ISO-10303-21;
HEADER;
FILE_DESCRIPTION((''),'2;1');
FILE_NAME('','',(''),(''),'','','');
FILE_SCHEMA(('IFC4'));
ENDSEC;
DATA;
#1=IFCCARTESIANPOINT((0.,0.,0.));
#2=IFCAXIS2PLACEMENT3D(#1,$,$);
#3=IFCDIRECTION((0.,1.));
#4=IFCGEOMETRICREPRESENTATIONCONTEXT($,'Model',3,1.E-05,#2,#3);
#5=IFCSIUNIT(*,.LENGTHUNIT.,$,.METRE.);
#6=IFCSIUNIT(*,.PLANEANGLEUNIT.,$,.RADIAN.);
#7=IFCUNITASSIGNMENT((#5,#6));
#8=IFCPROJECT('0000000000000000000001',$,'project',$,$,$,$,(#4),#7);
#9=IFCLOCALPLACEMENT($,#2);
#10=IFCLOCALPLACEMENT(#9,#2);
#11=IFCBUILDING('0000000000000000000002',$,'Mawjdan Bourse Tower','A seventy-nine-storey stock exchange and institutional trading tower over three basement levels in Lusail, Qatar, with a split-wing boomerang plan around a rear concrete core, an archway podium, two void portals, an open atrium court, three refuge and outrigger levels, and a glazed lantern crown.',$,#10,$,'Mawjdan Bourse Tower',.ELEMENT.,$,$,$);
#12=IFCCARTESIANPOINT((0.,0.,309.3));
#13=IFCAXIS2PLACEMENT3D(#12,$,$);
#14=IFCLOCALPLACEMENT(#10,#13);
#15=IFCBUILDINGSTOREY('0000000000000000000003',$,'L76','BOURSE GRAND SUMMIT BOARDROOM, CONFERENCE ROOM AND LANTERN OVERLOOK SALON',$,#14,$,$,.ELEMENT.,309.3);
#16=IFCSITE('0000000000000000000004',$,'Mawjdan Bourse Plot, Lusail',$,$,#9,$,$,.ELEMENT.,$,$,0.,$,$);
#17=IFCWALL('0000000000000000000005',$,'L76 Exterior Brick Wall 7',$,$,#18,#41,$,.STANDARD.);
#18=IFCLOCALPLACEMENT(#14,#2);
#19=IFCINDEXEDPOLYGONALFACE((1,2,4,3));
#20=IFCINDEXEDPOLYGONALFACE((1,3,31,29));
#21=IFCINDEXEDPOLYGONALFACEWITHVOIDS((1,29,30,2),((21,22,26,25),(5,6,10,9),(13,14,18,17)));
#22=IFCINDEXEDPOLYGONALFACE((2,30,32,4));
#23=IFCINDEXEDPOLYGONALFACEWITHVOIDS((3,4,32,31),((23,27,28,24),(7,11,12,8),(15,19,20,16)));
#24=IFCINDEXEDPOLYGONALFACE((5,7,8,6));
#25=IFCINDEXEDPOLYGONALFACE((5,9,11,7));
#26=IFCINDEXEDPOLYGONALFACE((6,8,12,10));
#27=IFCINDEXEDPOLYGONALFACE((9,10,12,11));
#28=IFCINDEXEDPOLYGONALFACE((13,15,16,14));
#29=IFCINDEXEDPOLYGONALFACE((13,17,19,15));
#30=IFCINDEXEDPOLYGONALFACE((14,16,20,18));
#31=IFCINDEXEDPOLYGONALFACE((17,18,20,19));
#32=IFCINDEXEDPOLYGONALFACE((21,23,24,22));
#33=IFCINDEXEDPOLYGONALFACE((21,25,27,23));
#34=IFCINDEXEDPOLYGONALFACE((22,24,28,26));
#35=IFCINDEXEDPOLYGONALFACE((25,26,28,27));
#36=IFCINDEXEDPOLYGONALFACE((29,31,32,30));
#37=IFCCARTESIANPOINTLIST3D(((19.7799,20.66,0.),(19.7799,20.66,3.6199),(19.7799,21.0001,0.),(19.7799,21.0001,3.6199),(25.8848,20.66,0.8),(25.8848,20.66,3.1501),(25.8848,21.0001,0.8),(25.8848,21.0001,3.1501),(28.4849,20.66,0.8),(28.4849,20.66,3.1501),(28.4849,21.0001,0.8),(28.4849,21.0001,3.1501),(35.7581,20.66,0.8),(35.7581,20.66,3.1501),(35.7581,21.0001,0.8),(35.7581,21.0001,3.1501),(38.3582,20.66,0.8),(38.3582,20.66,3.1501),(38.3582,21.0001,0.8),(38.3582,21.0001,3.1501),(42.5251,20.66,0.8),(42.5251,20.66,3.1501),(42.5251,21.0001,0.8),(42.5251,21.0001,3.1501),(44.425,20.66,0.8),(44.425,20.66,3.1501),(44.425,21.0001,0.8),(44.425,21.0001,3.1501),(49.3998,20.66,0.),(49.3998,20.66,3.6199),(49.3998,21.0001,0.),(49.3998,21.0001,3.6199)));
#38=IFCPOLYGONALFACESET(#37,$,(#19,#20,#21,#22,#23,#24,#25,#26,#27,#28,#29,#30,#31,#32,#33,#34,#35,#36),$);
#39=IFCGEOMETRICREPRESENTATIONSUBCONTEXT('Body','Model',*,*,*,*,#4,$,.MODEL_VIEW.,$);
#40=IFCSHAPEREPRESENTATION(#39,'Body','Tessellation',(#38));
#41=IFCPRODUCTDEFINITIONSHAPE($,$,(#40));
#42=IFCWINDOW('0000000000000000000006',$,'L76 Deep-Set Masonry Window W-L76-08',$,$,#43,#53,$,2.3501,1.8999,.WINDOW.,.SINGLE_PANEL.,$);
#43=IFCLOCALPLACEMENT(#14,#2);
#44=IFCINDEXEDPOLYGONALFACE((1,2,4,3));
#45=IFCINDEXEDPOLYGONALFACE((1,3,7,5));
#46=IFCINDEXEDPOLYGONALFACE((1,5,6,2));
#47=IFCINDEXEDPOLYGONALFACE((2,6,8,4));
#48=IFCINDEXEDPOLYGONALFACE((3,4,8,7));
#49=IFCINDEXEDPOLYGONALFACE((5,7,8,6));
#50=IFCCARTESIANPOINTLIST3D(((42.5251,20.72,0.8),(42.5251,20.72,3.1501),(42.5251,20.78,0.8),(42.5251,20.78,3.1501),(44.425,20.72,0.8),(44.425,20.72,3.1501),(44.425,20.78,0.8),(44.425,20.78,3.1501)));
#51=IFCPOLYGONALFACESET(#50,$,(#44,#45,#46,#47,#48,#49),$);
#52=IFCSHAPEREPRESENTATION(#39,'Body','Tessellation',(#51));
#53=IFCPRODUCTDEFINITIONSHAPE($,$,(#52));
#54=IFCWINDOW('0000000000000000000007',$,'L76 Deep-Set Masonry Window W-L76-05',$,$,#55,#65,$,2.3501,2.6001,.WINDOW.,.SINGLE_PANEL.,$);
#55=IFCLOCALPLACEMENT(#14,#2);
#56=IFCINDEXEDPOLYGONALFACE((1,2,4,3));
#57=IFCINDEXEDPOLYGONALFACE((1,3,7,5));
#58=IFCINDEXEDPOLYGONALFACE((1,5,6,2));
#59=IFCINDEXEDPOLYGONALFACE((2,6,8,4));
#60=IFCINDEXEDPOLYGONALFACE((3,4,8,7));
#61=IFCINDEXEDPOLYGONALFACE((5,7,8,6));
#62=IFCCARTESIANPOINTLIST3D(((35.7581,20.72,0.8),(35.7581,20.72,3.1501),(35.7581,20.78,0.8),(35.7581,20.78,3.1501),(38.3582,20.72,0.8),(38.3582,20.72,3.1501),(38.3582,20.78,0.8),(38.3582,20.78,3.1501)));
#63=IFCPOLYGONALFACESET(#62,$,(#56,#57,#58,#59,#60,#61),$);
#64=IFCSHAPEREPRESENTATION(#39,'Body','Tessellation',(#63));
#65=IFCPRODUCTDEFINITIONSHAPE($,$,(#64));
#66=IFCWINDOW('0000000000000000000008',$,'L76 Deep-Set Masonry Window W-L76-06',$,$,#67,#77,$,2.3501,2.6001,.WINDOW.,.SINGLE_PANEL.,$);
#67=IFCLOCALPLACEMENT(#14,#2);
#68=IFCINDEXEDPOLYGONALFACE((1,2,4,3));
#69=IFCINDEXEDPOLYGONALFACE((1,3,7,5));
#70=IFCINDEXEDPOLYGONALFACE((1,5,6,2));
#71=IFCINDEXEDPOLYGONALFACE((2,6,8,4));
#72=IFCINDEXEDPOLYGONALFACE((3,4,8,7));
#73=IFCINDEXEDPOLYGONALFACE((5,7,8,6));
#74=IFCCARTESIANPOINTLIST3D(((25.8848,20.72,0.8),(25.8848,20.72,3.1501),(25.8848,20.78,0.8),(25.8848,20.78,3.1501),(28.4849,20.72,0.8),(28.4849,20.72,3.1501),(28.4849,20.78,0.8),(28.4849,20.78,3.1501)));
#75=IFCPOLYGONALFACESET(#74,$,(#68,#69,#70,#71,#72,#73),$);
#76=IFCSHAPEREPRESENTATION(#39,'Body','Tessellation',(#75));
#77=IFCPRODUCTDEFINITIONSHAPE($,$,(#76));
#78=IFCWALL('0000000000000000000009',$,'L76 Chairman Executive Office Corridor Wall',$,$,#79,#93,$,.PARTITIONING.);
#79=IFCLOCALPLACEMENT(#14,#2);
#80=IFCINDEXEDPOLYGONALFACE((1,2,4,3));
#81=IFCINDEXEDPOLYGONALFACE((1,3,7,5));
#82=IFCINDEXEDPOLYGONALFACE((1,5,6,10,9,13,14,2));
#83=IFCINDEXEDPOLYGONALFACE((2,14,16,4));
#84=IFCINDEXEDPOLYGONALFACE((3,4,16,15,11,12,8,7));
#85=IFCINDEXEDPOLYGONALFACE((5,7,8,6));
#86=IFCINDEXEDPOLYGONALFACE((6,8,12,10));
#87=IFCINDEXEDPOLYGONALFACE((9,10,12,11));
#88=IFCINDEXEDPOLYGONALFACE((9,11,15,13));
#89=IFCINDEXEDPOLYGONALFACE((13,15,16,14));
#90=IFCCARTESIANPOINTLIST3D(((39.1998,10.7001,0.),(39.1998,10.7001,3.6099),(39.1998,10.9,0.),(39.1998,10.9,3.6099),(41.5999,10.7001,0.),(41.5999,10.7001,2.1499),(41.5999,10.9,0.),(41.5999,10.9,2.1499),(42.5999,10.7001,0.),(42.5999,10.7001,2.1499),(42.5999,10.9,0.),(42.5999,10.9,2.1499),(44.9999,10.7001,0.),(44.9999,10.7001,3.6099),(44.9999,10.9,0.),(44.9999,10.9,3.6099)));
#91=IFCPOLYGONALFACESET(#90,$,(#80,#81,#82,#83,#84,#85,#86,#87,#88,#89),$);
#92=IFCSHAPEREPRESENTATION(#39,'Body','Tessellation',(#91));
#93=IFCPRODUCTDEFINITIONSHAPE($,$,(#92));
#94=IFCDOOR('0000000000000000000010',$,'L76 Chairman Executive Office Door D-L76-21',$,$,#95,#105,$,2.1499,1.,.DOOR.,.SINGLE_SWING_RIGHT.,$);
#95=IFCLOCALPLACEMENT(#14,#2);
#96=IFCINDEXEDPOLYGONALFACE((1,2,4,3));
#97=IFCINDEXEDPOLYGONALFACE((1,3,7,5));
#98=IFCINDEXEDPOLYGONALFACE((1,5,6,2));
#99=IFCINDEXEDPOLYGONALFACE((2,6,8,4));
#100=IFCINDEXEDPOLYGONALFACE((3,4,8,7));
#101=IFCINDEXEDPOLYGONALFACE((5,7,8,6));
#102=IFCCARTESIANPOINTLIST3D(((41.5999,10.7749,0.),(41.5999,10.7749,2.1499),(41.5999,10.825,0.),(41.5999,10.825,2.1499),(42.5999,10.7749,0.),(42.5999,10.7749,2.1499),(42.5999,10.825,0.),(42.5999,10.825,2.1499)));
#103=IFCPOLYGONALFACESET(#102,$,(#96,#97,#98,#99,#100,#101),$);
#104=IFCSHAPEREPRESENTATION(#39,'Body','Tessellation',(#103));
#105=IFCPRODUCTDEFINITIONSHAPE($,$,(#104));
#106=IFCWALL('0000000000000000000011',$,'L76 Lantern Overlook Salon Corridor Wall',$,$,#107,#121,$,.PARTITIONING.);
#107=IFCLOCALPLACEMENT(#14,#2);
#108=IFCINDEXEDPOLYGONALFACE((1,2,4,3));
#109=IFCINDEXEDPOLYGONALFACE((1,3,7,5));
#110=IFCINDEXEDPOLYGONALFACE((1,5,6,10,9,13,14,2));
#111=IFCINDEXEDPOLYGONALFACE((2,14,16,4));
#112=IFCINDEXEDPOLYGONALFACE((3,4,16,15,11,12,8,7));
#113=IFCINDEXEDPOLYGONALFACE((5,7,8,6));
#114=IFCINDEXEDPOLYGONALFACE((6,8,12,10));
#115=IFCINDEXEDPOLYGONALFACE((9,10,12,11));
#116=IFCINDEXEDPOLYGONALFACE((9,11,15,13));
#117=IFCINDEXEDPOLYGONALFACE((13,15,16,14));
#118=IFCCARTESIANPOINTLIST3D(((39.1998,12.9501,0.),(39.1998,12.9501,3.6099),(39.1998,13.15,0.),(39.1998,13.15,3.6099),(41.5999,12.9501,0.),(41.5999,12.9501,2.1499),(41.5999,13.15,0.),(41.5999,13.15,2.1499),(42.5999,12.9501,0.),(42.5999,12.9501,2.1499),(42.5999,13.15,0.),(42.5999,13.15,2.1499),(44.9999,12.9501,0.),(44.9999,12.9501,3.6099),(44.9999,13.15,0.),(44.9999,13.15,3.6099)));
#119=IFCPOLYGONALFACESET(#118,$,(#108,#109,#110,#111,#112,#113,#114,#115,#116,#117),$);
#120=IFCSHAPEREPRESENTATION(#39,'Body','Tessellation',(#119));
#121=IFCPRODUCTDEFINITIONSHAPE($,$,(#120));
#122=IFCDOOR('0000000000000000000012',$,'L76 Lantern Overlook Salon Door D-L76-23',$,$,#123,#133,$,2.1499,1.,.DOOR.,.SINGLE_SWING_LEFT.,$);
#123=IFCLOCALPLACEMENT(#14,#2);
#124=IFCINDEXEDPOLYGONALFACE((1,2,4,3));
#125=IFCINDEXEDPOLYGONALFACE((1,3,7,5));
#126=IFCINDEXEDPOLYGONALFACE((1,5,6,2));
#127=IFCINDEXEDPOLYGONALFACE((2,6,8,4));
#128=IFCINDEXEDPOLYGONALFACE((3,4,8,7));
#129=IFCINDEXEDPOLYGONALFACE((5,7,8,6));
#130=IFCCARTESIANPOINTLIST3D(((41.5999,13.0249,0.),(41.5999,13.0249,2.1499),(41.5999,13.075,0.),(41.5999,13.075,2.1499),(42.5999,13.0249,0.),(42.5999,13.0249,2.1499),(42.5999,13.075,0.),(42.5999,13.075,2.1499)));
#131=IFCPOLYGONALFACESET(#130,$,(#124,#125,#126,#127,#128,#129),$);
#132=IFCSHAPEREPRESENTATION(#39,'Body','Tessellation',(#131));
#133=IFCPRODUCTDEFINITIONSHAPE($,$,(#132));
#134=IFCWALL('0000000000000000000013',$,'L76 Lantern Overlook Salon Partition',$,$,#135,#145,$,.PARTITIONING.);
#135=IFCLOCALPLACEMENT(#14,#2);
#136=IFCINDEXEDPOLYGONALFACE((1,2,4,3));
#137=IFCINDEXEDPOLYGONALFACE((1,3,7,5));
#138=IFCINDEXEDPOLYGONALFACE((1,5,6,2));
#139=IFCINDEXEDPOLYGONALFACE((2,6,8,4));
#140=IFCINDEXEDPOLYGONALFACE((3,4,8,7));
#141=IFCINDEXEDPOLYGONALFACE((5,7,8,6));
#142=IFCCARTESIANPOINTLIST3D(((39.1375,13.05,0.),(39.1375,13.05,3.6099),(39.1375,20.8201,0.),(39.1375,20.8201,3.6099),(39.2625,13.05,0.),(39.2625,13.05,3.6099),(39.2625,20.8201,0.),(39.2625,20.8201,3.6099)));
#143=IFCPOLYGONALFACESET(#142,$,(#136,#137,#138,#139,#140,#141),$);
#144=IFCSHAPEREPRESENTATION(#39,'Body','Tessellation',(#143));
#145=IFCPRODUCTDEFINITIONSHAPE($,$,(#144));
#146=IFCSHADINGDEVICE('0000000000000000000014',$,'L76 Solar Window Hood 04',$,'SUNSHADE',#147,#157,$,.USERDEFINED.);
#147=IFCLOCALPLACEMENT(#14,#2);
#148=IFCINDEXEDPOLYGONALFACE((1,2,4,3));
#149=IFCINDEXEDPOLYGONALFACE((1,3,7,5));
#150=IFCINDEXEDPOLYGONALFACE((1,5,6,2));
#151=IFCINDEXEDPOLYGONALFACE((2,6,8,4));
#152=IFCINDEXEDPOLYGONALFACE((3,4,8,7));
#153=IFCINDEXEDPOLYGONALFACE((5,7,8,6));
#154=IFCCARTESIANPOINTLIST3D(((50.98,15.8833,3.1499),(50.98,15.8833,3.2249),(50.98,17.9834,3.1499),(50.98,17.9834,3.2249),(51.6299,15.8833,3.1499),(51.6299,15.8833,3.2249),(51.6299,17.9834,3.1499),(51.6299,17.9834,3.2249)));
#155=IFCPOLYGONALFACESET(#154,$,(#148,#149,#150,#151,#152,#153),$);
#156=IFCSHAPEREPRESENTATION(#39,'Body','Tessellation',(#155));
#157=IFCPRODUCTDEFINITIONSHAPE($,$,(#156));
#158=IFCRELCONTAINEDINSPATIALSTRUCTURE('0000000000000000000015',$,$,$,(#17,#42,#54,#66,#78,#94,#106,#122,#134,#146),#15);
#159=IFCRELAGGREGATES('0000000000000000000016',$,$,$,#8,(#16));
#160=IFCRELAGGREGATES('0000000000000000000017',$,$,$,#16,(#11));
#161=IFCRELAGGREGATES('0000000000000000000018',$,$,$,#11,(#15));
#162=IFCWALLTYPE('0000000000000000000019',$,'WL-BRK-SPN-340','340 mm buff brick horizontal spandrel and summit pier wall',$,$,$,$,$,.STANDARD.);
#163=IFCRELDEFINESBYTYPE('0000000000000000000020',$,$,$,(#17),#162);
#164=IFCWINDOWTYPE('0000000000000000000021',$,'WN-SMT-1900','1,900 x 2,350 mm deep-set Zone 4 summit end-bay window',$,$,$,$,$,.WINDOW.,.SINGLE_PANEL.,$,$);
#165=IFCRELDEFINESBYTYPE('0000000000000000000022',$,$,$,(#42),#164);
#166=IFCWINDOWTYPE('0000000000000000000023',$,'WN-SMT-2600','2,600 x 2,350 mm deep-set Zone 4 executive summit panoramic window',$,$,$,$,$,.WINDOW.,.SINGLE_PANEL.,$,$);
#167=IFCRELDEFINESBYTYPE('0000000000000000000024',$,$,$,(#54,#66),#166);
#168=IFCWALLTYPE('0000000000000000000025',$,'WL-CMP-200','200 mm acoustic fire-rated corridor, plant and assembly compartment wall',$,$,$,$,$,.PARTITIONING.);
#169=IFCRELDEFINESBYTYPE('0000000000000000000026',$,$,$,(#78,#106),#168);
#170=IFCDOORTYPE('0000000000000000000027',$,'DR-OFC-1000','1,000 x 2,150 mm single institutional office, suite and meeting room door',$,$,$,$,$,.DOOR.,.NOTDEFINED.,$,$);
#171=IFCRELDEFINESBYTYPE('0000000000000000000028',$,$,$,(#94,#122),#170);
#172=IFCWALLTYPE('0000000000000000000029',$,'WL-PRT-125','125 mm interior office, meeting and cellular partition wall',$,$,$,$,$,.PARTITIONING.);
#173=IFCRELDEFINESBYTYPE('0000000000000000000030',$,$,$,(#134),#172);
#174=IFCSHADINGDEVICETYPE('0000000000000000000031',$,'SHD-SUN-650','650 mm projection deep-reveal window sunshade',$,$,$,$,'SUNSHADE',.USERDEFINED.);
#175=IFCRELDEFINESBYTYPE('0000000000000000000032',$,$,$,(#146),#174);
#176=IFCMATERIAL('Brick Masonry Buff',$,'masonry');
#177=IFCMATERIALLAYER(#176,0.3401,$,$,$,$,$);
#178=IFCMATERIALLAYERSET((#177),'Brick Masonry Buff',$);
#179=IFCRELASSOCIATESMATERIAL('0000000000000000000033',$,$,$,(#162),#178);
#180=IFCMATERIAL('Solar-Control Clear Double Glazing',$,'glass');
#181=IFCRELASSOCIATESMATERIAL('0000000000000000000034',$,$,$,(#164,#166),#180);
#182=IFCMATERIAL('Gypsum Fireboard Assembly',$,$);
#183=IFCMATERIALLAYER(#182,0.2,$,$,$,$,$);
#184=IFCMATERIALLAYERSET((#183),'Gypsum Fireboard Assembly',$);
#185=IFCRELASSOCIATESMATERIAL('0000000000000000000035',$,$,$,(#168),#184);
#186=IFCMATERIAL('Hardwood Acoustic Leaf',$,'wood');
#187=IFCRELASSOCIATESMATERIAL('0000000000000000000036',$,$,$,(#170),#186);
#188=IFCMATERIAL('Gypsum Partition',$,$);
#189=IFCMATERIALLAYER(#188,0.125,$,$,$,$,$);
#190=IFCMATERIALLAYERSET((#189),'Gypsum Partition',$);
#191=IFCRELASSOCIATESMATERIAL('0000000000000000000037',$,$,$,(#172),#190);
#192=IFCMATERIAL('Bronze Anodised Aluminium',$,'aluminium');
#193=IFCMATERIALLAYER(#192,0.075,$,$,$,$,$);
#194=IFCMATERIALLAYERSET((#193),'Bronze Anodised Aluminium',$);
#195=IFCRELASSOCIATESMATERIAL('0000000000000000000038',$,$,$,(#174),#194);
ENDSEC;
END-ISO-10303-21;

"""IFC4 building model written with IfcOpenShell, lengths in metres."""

from ifc_helpers import new_model, si_unit, direction, frame, frame_2d, origin, origin_2d, place, context, subcontext, project, spatial, rectangle, extrude, material, layer, layer_set, type_object, element, fill, save


model = new_model("IFC4")

# Units and contexts
model_context = context("Model", 3, precision=1e-05, world=origin(), true_north=direction((0.0, 1.0)))
body_context = subcontext(model_context, "Body", "Model", "MODEL_VIEW")
ifc_project = project(units=[si_unit("LENGTHUNIT", "METRE"), si_unit("PLANEANGLEUNIT", "RADIAN")], contexts=[model_context])

# Site, building, storey
site_placement = place(None, origin())
site = spatial("IfcSite", under=ifc_project, at=site_placement, Name="Mawjdan Bourse Plot, Lusail", CompositionType="ELEMENT", RefElevation=0.0)
building_placement = place(site_placement, origin())
building = spatial("IfcBuilding", under=site, at=building_placement, Name="Mawjdan Bourse Tower", Description="A seventy-nine-storey stock exchange and institutional trading tower over three basement levels in Lusail, Qatar, with a split-wing boomerang plan around a rear concrete core, an archway podium, two void portals, an open atrium court, three refuge and outrigger levels, and a glazed lantern crown.", LongName="Mawjdan Bourse Tower", CompositionType="ELEMENT")
storey_placement = place(building_placement, frame((0.0, 0.0, 309.3)))
storey = spatial("IfcBuildingStorey", under=building, at=storey_placement, Name="L76", Description="BOURSE GRAND SUMMIT BOARDROOM, CONFERENCE ROOM AND LANTERN OVERLOOK SALON", CompositionType="ELEMENT", Elevation=309.3)

# Shared definitions
ifc_material_1 = material(Name="Brick Masonry Buff", Category="masonry")
ifc_layer_1 = layer(ifc_material_1, 0.3401)
ifc_layer_set_1 = layer_set([ifc_layer_1], Name="Brick Masonry Buff")
wall_type_1 = type_object("IfcWallType", Name="WL-BRK-SPN-340", Description="340 mm buff brick horizontal spandrel and summit pier wall", PredefinedType="STANDARD", material=ifc_layer_set_1)

# Wall, openings, windows
wall_1_placement = place(storey_placement, frame((49.3999, 20.8301, 0.0), z_axis=(0.0, 0.0, 1.0), x_axis=(-1.0, 0.0, 0.0)))
wall_1 = element("IfcWall", 1, at=wall_1_placement, inside=storey, type_object=wall_type_1, Name="L76 Exterior Brick Wall 7", PredefinedType="STANDARD", context=body_context, shape_type="SweptSolid", body=[
    extrude(rectangle(XDim=29.6199, YDim=0.3401, at=frame_2d((14.8101, 0.0))), origin(), (0.0, 0.0, 1.0), 3.6199),
])
opening_1_placement = place(wall_1_placement, frame((11.0417, 0.0, 0.8)))
opening_1 = element("IfcOpeningElement", 2, at=opening_1_placement, cuts=wall_1, PredefinedType="OPENING", context=body_context, shape_type="SweptSolid", body=[
    extrude(rectangle(XDim=2.6001, YDim=2.3501, at=frame_2d((1.3, 1.175))), frame((0.0, 0.1802, 0.0), z_axis=(0.0, -1.0, 0.0), x_axis=(1.0, 0.0, 0.0)), (0.0, 0.0, 1.0), 0.3601),
])
opening_2_placement = place(wall_1_placement, frame((20.915, 0.0, 0.8)))
opening_2 = element("IfcOpeningElement", 3, at=opening_2_placement, cuts=wall_1, PredefinedType="OPENING", context=body_context, shape_type="SweptSolid", body=[
    extrude(rectangle(XDim=2.6001, YDim=2.3501, at=frame_2d((1.3, 1.175))), frame((0.0, 0.1802, 0.0), z_axis=(0.0, -1.0, 0.0), x_axis=(1.0, 0.0, 0.0)), (0.0, 0.0, 1.0), 0.3601),
])
opening_3_placement = place(wall_1_placement, frame((4.9749, 0.0, 0.8)))
opening_3 = element("IfcOpeningElement", 4, at=opening_3_placement, cuts=wall_1, PredefinedType="OPENING", context=body_context, shape_type="SweptSolid", body=[
    extrude(rectangle(XDim=1.8999, YDim=2.3501, at=frame_2d((0.95, 1.175))), frame((0.0, 0.1802, 0.0), z_axis=(0.0, -1.0, 0.0), x_axis=(1.0, 0.0, 0.0)), (0.0, 0.0, 1.0), 0.3601),
])
ifc_material_2 = material(Name="Solar-Control Clear Double Glazing", Category="glass")
window_type_1 = type_object("IfcWindowType", Name="WN-SMT-1900", Description="1,900 x 2,350 mm deep-set Zone 4 summit end-bay window", PartitioningType="SINGLE_PANEL", PredefinedType="WINDOW", material=ifc_material_2)
window_1_placement = place(opening_3_placement, origin())
window_1 = element("IfcWindow", 5, at=window_1_placement, inside=storey, type_object=window_type_1, Name="L76 Deep-Set Masonry Window W-L76-08", OverallHeight=2.3501, OverallWidth=1.8999, PartitioningType="SINGLE_PANEL", PredefinedType="WINDOW", context=body_context, shape_type="SweptSolid", body=[
    extrude(rectangle(XDim=1.8999, YDim=2.3501, at=frame_2d((0.95, 1.175))), frame((0.0, 0.1101, 0.0), z_axis=(0.0, -1.0, 0.0), x_axis=(1.0, 0.0, 0.0)), (0.0, 0.0, 1.0), 0.0601),
])
fill(opening_3, window_1)
window_type_2 = type_object("IfcWindowType", Name="WN-SMT-2600", Description="2,600 x 2,350 mm deep-set Zone 4 executive summit panoramic window", PartitioningType="SINGLE_PANEL", PredefinedType="WINDOW", material=ifc_material_2)
window_2_placement = place(opening_1_placement, origin())
window_2 = element("IfcWindow", 6, at=window_2_placement, inside=storey, type_object=window_type_2, Name="L76 Deep-Set Masonry Window W-L76-05", OverallHeight=2.3501, OverallWidth=2.6001, PartitioningType="SINGLE_PANEL", PredefinedType="WINDOW", context=body_context, shape_type="SweptSolid", body=[
    extrude(rectangle(XDim=2.6001, YDim=2.3501, at=frame_2d((1.3, 1.175))), frame((0.0, 0.1101, 0.0), z_axis=(0.0, -1.0, 0.0), x_axis=(1.0, 0.0, 0.0)), (0.0, 0.0, 1.0), 0.0601),
])
fill(opening_1, window_2)
window_3_placement = place(opening_2_placement, origin())
window_3 = element("IfcWindow", 7, at=window_3_placement, inside=storey, type_object=window_type_2, Name="L76 Deep-Set Masonry Window W-L76-06", OverallHeight=2.3501, OverallWidth=2.6001, PartitioningType="SINGLE_PANEL", PredefinedType="WINDOW", context=body_context, shape_type="SweptSolid", body=[
    extrude(rectangle(XDim=2.6001, YDim=2.3501, at=frame_2d((1.3, 1.175))), frame((0.0, 0.1101, 0.0), z_axis=(0.0, -1.0, 0.0), x_axis=(1.0, 0.0, 0.0)), (0.0, 0.0, 1.0), 0.0601),
])
fill(opening_2, window_3)

# Walls, openings, doors
ifc_material_3 = material(Name="Gypsum Fireboard Assembly")
ifc_layer_2 = layer(ifc_material_3, 0.2)
ifc_layer_set_2 = layer_set([ifc_layer_2], Name="Gypsum Fireboard Assembly")
wall_type_2 = type_object("IfcWallType", Name="WL-CMP-200", Description="200 mm acoustic fire-rated corridor, plant and assembly compartment wall", PredefinedType="PARTITIONING", material=ifc_layer_set_2)
wall_2_placement = place(storey_placement, frame((39.2, 10.8, 0.0), z_axis=(0.0, 0.0, 1.0), x_axis=(1.0, 0.0, 0.0)))
wall_2 = element("IfcWall", 8, at=wall_2_placement, inside=storey, type_object=wall_type_2, Name="L76 Chairman Executive Office Corridor Wall", PredefinedType="PARTITIONING", context=body_context, shape_type="SweptSolid", body=[
    extrude(rectangle(XDim=5.8, YDim=0.2, at=frame_2d((2.8999, 0.0))), origin(), (0.0, 0.0, 1.0), 3.6099),
])
opening_4_placement = place(wall_2_placement, frame((2.3999, 0.0, 0.0)))
opening_4 = element("IfcOpeningElement", 9, at=opening_4_placement, cuts=wall_2, PredefinedType="OPENING", context=body_context, shape_type="SweptSolid", body=[
    extrude(rectangle(XDim=1.0, YDim=2.1499, at=frame_2d((0.5, 1.075))), frame((0.0, 0.1099, 0.0), z_axis=(0.0, -1.0, 0.0), x_axis=(1.0, 0.0, 0.0)), (0.0, 0.0, 1.0), 0.22),
])
ifc_material_4 = material(Name="Hardwood Acoustic Leaf", Category="wood")
door_type = type_object("IfcDoorType", Name="DR-OFC-1000", Description="1,000 x 2,150 mm single institutional office, suite and meeting room door", OperationType="NOTDEFINED", PredefinedType="DOOR", material=ifc_material_4)
door_1_placement = place(opening_4_placement, origin())
door_1 = element("IfcDoor", 10, at=door_1_placement, inside=storey, type_object=door_type, Name="L76 Chairman Executive Office Door D-L76-21", OperationType="SINGLE_SWING_RIGHT", OverallHeight=2.1499, OverallWidth=1.0, PredefinedType="DOOR", context=body_context, shape_type="SweptSolid", body=[
    extrude(rectangle(XDim=1.0, YDim=2.1499, at=frame_2d((0.5, 1.075))), frame((0.0, 0.0249, 0.0), z_axis=(0.0, -1.0, 0.0), x_axis=(1.0, 0.0, 0.0)), (0.0, 0.0, 1.0), 0.05),
])
fill(opening_4, door_1)
wall_3_placement = place(storey_placement, frame((39.2, 13.05, 0.0), z_axis=(0.0, 0.0, 1.0), x_axis=(1.0, 0.0, 0.0)))
wall_3 = element("IfcWall", 11, at=wall_3_placement, inside=storey, type_object=wall_type_2, Name="L76 Lantern Overlook Salon Corridor Wall", PredefinedType="PARTITIONING", context=body_context, shape_type="SweptSolid", body=[
    extrude(rectangle(XDim=5.8, YDim=0.2, at=frame_2d((2.8999, 0.0))), origin(), (0.0, 0.0, 1.0), 3.6099),
])
opening_5_placement = place(wall_3_placement, frame((2.3999, 0.0, 0.0)))
opening_5 = element("IfcOpeningElement", 12, at=opening_5_placement, cuts=wall_3, PredefinedType="OPENING", context=body_context, shape_type="SweptSolid", body=[
    extrude(rectangle(XDim=1.0, YDim=2.1499, at=frame_2d((0.5, 1.075))), frame((0.0, 0.1099, 0.0), z_axis=(0.0, -1.0, 0.0), x_axis=(1.0, 0.0, 0.0)), (0.0, 0.0, 1.0), 0.22),
])
door_2_placement = place(opening_5_placement, origin())
door_2 = element("IfcDoor", 13, at=door_2_placement, inside=storey, type_object=door_type, Name="L76 Lantern Overlook Salon Door D-L76-23", OperationType="SINGLE_SWING_LEFT", OverallHeight=2.1499, OverallWidth=1.0, PredefinedType="DOOR", context=body_context, shape_type="SweptSolid", body=[
    extrude(rectangle(XDim=1.0, YDim=2.1499, at=frame_2d((0.5, 1.075))), frame((0.0, 0.0249, 0.0), z_axis=(0.0, -1.0, 0.0), x_axis=(1.0, 0.0, 0.0)), (0.0, 0.0, 1.0), 0.05),
])
fill(opening_5, door_2)

# Wall
ifc_material_5 = material(Name="Gypsum Partition")
ifc_layer_3 = layer(ifc_material_5, 0.125)
ifc_layer_set_3 = layer_set([ifc_layer_3], Name="Gypsum Partition")
wall_type_3 = type_object("IfcWallType", Name="WL-PRT-125", Description="125 mm interior office, meeting and cellular partition wall", PredefinedType="PARTITIONING", material=ifc_layer_set_3)
wall_4_placement = place(storey_placement, frame((39.2, 13.05, 0.0), z_axis=(0.0, 0.0, 1.0), x_axis=(0.0, 1.0, 0.0)))
element("IfcWall", 14, at=wall_4_placement, inside=storey, type_object=wall_type_3, Name="L76 Lantern Overlook Salon Partition", PredefinedType="PARTITIONING", context=body_context, shape_type="SweptSolid", body=[
    extrude(rectangle(XDim=7.77, YDim=0.125, at=frame_2d((3.885, 0.0))), origin(), (0.0, 0.0, 1.0), 3.6099),
])

# Shading device
ifc_material_6 = material(Name="Bronze Anodised Aluminium", Category="aluminium")
ifc_layer_4 = layer(ifc_material_6, 0.075)
ifc_layer_set_4 = layer_set([ifc_layer_4], Name="Bronze Anodised Aluminium")
shading_device_type_1 = type_object("IfcShadingDeviceType", Name="SHD-SUN-650", Description="650 mm projection deep-reveal window sunshade", ElementType="SUNSHADE", PredefinedType="USERDEFINED", material=ifc_layer_set_4)
shading_device_1_placement = place(storey_placement, frame((51.3049, 16.9333, 3.1499), z_axis=(0.0, 0.0, 1.0), x_axis=(0.0, 1.0, 0.0)))
element("IfcShadingDevice", 15, at=shading_device_1_placement, inside=storey, type_object=shading_device_type_1, Name="L76 Solar Window Hood 04", ObjectType="SUNSHADE", PredefinedType="USERDEFINED", context=body_context, shape_type="SweptSolid", body=[
    extrude(rectangle(XDim=2.1001, YDim=0.6499, at=origin_2d()), origin(), (0.0, 0.0, 1.0), 0.075),
])

save(model, "model.ifc")
